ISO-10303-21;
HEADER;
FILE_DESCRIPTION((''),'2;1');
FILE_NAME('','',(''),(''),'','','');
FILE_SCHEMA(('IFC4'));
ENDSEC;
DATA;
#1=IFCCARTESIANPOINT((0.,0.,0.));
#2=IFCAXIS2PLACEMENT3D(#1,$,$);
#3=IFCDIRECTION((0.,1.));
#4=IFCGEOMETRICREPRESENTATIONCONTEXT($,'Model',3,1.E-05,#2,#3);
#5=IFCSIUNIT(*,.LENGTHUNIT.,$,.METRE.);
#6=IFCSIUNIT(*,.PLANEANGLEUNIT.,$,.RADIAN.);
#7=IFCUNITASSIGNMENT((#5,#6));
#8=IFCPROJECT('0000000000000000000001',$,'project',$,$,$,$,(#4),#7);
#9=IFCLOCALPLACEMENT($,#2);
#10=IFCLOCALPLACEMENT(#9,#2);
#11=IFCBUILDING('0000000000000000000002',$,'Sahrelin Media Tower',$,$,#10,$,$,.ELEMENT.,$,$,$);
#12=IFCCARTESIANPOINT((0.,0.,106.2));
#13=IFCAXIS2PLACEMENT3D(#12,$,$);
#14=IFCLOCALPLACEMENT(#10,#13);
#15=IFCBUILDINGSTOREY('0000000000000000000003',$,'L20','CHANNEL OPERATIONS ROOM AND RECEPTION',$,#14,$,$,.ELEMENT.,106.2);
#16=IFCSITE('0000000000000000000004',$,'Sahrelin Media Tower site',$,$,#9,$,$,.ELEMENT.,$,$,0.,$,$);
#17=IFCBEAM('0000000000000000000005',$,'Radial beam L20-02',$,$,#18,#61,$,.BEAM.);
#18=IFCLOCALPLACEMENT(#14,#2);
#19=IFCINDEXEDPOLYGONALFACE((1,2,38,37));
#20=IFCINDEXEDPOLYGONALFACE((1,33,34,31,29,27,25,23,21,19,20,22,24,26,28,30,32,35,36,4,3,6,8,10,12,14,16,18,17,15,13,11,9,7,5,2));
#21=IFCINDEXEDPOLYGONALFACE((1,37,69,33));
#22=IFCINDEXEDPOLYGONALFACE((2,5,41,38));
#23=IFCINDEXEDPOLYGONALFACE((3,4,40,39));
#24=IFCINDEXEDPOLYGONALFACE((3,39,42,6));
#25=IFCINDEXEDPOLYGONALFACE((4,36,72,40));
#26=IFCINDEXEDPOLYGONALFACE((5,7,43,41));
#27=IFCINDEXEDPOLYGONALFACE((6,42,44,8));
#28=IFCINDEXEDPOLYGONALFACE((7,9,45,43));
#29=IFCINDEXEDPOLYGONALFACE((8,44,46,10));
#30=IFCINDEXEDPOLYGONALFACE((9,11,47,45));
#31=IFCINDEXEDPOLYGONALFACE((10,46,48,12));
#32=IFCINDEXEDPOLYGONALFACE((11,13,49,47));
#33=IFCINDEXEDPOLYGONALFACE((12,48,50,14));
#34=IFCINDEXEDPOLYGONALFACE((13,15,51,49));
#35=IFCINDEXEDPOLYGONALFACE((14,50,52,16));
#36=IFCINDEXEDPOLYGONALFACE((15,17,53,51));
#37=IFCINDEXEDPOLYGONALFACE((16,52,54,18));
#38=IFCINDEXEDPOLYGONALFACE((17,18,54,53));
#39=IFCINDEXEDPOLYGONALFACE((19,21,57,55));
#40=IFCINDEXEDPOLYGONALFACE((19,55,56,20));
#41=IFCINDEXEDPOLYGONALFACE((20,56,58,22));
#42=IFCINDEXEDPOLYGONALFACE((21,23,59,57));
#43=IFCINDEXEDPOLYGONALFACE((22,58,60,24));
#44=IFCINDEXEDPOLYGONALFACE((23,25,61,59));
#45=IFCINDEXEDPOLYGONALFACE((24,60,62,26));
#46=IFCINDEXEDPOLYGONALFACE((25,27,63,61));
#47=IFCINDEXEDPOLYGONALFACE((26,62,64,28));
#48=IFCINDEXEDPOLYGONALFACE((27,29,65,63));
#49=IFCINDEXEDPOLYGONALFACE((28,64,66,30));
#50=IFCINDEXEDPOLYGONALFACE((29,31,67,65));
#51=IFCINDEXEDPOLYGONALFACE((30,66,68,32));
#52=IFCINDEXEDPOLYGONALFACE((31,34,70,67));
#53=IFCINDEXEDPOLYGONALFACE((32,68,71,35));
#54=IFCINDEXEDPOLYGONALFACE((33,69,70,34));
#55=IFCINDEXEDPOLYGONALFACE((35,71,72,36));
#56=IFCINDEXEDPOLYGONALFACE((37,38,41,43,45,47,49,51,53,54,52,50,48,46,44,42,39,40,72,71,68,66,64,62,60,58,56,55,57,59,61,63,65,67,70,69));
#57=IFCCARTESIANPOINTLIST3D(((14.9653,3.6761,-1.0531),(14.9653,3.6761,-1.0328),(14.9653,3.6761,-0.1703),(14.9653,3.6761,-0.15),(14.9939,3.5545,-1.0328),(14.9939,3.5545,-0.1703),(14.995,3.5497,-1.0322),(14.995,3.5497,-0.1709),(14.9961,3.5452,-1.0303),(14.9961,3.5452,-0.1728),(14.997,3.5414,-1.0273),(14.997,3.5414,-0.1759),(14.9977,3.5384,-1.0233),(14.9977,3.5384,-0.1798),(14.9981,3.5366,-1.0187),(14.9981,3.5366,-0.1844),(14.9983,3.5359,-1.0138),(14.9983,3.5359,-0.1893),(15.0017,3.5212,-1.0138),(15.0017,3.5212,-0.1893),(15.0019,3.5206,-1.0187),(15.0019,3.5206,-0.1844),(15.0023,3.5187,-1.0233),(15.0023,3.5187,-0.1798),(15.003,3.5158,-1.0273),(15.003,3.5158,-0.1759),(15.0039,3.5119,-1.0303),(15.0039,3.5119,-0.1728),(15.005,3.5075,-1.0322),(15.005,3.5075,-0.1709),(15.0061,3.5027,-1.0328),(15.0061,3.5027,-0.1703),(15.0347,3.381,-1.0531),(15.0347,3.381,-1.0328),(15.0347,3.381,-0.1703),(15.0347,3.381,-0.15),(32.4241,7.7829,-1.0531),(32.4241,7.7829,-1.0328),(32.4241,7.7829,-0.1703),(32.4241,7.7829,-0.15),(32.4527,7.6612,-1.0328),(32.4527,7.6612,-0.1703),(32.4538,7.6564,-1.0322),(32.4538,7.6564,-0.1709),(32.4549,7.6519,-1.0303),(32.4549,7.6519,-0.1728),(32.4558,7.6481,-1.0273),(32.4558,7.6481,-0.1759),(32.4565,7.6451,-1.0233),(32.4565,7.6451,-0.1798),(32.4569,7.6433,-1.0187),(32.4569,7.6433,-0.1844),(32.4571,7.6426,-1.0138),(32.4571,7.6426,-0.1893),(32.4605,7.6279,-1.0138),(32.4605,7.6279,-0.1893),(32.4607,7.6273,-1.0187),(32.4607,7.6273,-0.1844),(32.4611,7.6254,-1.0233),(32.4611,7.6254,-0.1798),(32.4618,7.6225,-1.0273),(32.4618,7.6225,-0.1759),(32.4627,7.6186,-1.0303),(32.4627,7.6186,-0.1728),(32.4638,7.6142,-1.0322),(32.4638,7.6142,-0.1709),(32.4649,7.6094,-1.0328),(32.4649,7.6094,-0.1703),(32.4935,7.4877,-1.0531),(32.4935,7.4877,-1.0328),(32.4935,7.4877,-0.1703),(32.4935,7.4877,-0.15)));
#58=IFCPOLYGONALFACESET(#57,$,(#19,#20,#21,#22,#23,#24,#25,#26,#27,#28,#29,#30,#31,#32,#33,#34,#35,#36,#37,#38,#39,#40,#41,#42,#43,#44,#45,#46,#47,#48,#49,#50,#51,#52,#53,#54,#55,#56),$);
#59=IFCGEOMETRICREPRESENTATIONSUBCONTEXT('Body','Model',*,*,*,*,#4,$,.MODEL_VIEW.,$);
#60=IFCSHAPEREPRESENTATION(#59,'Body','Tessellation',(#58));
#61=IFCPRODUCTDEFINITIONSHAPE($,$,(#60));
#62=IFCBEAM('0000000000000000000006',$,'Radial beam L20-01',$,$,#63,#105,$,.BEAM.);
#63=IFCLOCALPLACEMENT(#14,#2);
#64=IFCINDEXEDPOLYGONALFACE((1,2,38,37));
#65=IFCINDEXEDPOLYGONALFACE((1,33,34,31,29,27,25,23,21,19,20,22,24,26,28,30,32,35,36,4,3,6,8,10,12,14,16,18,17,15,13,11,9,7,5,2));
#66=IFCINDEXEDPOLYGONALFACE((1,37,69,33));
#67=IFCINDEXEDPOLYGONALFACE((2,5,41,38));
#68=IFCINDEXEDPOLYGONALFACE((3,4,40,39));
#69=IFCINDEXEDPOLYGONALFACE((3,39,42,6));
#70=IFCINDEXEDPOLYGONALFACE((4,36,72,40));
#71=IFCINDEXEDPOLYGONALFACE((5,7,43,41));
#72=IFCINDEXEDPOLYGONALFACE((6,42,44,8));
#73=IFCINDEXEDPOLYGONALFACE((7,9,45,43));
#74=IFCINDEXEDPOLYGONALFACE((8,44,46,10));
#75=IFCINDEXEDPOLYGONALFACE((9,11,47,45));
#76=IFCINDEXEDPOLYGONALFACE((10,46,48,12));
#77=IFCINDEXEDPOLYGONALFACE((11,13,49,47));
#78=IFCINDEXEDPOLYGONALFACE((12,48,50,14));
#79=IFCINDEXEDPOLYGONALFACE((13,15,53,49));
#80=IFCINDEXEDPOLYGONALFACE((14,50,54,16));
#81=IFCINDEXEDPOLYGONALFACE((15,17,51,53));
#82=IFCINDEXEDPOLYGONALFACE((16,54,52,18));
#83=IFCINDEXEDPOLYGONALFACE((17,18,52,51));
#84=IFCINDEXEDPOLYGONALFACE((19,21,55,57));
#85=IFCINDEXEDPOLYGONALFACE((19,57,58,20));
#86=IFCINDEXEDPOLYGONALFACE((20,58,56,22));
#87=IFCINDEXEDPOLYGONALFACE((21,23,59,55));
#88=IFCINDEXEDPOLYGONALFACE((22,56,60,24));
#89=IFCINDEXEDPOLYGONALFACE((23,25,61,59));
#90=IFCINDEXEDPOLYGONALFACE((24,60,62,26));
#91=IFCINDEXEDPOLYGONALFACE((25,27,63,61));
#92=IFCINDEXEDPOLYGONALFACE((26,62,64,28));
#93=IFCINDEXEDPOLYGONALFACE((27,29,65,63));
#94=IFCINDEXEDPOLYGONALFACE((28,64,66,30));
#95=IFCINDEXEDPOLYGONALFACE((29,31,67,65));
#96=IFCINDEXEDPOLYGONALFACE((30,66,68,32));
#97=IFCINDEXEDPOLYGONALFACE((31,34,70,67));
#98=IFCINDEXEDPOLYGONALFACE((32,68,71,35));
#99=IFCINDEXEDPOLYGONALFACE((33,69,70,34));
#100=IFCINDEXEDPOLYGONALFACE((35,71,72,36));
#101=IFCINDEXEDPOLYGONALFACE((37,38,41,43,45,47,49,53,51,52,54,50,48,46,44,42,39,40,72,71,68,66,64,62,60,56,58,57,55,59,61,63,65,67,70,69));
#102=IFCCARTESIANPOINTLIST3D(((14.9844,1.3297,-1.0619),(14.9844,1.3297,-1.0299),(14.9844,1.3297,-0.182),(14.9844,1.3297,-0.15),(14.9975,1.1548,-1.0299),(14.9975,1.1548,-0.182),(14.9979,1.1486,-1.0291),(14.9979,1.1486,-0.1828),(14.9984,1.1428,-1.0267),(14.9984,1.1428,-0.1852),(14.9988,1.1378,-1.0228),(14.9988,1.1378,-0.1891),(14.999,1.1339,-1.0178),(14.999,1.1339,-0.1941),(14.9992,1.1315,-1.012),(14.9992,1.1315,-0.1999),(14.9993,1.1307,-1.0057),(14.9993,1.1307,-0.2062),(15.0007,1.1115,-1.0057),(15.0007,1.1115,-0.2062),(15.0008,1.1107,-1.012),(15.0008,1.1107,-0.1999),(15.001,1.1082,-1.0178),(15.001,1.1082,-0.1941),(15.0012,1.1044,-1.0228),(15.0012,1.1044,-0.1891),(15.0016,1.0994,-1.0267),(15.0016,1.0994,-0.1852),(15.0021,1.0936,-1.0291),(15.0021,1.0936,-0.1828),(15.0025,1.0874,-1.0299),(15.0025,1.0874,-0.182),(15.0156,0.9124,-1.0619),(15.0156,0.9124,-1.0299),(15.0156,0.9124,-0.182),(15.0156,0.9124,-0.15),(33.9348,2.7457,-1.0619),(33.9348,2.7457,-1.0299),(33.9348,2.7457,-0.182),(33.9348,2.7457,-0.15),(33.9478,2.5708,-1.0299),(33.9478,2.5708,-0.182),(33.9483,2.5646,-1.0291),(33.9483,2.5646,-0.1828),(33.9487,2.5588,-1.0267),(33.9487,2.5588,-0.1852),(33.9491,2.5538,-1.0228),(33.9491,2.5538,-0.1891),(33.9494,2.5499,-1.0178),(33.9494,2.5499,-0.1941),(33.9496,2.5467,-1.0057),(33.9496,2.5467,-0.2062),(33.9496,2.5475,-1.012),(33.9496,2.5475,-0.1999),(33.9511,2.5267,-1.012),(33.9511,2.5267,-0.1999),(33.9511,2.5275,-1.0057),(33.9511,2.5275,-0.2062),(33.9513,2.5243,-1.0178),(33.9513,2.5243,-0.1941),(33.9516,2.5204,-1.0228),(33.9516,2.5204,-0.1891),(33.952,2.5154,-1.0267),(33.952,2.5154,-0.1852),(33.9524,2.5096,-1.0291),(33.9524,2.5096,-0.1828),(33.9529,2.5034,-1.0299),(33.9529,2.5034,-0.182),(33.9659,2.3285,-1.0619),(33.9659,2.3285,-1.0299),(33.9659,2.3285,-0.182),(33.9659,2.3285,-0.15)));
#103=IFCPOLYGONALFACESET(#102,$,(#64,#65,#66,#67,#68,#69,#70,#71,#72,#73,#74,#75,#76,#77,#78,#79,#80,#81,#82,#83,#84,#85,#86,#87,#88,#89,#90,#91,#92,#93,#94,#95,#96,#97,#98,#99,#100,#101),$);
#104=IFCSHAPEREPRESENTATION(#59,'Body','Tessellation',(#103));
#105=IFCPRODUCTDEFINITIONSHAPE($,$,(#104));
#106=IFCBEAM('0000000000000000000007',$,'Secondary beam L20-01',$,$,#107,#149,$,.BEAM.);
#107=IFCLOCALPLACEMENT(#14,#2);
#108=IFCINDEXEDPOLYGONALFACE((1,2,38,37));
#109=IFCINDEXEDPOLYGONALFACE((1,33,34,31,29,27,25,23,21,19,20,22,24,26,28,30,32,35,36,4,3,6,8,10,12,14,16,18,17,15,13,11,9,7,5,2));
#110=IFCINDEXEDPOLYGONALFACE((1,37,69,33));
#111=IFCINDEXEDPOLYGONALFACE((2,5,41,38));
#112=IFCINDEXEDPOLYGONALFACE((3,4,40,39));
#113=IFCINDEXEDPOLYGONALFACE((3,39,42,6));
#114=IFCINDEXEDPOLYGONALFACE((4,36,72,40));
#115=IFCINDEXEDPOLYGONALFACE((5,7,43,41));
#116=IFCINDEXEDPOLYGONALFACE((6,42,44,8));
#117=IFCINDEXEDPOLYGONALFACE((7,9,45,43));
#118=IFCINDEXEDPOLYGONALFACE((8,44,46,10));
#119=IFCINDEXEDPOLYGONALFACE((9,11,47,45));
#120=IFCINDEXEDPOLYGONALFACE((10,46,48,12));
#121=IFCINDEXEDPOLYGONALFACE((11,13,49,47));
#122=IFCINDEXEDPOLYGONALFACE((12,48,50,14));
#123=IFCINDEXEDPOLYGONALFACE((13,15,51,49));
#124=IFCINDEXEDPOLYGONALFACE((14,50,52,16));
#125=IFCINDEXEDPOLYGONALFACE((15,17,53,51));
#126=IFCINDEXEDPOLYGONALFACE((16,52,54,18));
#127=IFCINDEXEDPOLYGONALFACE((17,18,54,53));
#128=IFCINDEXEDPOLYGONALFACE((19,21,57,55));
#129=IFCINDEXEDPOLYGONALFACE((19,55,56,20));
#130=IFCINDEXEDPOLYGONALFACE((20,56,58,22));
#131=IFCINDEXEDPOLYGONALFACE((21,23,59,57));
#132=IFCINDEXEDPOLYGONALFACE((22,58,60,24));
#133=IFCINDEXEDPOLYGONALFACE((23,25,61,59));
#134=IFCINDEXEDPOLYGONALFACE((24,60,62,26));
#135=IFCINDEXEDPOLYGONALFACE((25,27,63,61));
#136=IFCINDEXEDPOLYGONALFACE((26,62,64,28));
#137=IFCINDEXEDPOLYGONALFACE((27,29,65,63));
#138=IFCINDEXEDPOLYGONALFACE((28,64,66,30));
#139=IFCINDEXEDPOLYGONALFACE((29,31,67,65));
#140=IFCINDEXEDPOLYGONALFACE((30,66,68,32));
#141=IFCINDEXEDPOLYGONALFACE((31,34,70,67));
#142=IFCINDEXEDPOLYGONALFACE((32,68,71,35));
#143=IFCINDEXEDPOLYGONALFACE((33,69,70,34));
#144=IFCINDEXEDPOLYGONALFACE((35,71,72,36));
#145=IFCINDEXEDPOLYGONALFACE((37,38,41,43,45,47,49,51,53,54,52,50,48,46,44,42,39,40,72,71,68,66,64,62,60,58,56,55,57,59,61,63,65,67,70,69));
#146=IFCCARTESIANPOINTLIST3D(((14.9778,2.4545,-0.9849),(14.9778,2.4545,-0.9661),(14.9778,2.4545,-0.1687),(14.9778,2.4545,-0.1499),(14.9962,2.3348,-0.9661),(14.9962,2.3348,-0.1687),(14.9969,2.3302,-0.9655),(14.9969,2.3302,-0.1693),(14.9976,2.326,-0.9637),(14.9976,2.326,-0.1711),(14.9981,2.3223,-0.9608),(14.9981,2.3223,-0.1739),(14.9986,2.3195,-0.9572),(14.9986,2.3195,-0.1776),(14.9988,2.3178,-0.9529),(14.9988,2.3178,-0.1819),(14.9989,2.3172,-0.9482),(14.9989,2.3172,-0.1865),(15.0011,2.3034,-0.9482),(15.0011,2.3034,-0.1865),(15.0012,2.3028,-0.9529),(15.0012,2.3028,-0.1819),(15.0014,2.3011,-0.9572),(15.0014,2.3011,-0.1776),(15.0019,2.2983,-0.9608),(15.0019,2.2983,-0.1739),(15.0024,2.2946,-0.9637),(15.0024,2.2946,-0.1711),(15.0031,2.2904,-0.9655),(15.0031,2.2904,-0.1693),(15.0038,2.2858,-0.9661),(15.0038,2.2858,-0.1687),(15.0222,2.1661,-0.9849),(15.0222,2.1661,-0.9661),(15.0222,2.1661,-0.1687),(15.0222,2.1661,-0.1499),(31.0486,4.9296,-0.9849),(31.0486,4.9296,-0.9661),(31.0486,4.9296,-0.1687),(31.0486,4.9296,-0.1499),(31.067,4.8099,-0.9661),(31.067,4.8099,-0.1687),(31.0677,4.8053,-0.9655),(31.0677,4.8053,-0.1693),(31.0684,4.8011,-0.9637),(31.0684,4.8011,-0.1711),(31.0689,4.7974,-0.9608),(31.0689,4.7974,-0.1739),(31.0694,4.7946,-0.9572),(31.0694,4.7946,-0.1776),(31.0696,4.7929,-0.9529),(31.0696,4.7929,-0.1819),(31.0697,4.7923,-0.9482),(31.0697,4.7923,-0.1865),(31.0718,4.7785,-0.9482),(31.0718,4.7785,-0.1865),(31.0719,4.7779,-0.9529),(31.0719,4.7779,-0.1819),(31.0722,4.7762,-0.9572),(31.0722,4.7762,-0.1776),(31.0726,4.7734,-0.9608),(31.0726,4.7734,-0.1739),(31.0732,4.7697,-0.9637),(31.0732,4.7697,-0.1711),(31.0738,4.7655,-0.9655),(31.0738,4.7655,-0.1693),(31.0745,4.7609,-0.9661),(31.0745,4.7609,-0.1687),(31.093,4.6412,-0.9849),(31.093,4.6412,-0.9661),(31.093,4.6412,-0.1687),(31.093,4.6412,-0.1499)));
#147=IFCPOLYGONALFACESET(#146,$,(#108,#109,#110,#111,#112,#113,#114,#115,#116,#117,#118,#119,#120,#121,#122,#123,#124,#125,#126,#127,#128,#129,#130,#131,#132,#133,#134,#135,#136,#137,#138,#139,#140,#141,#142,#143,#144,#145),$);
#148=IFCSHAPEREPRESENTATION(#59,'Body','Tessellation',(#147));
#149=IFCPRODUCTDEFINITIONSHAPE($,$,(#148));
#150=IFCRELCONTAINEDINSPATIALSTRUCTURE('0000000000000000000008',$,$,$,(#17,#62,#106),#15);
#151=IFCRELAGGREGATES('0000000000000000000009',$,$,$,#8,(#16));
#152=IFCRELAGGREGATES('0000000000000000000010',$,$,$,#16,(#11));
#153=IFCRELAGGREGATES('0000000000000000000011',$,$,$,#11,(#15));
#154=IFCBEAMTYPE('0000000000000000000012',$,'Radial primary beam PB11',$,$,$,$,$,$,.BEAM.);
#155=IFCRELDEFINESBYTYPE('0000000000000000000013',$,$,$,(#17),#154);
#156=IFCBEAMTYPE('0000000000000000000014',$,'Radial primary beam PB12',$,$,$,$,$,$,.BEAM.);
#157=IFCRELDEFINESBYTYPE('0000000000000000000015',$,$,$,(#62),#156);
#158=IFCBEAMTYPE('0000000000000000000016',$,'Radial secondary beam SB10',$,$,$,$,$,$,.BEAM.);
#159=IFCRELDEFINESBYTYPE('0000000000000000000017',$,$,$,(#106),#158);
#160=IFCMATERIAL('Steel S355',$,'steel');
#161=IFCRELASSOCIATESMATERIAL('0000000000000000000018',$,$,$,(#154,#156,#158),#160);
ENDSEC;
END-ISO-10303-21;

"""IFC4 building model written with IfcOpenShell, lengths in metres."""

from ifc_helpers import new_model, si_unit, direction, frame, origin, origin_2d, place, context, subcontext, project, spatial, i_section, extrude, material, material_profile, profile_set, type_object, element, save


model = new_model("IFC4")

# Units and contexts
model_context = context("Model", 3, precision=1e-05, world=origin(), true_north=direction((0.0, 1.0)))
body_context = subcontext(model_context, "Body", "Model", "MODEL_VIEW")
ifc_project = project(units=[si_unit("LENGTHUNIT", "METRE"), si_unit("PLANEANGLEUNIT", "RADIAN")], contexts=[model_context])

# Site, building, storey
site_placement = place(None, origin())
site = spatial("IfcSite", under=ifc_project, at=site_placement, Name="Sahrelin Media Tower site", CompositionType="ELEMENT", RefElevation=0.0)
building_placement = place(site_placement, origin())
building = spatial("IfcBuilding", under=site, at=building_placement, Name="Sahrelin Media Tower", CompositionType="ELEMENT")
storey_placement = place(building_placement, frame((0.0, 0.0, 106.2)))
storey = spatial("IfcBuildingStorey", under=building, at=storey_placement, Name="L20", Description="CHANNEL OPERATIONS ROOM AND RECEPTION", CompositionType="ELEMENT", Elevation=106.2)

# Beams
ifc_material_1 = material(Name="Steel S355", Category="steel")
ifc_material_profile_1 = material_profile(ifc_material_1, i_section(OverallWidth=0.3032, OverallDepth=0.9031, WebThickness=0.0151, FlangeThickness=0.0203, FilletRadius=0.019, at=origin_2d()), Name="UB 914x305x201")
ifc_profile_set_1 = profile_set([ifc_material_profile_1], Name="Steel S355")
beam_type_1 = type_object("IfcBeamType", Name="Radial primary beam PB11", PredefinedType="BEAM", material=ifc_profile_set_1)
beam_1_placement = place(storey_placement, frame((15.0, 3.5286, -0.6016), z_axis=(0.973433, 0.228973, 0.0), x_axis=(-0.228973, 0.973433, 0.0)))
element("IfcBeam", 1, at=beam_1_placement, inside=storey, type_object=beam_type_1, Name="Radial beam L20-02", PredefinedType="BEAM", context=body_context, shape_type="SweptSolid", body=[
    extrude(i_section(OverallWidth=0.3032, OverallDepth=0.9031, WebThickness=0.0151, FlangeThickness=0.0203, FilletRadius=0.019, at=origin_2d()), origin(), (0.0, 0.0, 1.0), 17.9353),
])
ifc_material_profile_2 = material_profile(ifc_material_1, i_section(OverallWidth=0.4185, OverallDepth=0.9119, WebThickness=0.0193, FlangeThickness=0.032, FilletRadius=0.0242, at=origin_2d()), Name="UB 914x419x343")
ifc_profile_set_2 = profile_set([ifc_material_profile_2], Name="Steel S355")
beam_type_2 = type_object("IfcBeamType", Name="Radial primary beam PB12", PredefinedType="BEAM", material=ifc_profile_set_2)
beam_2_placement = place(storey_placement, frame((15.0, 1.1211, -0.606), z_axis=(0.99722, 0.074514, 0.0), x_axis=(-0.074514, 0.99722, 0.0)))
element("IfcBeam", 2, at=beam_2_placement, inside=storey, type_object=beam_type_2, Name="Radial beam L20-01", PredefinedType="BEAM", context=body_context, shape_type="SweptSolid", body=[
    extrude(i_section(OverallWidth=0.4185, OverallDepth=0.9119, WebThickness=0.0193, FlangeThickness=0.032, FilletRadius=0.0242, at=origin_2d()), origin(), (0.0, 0.0, 1.0), 19.0032),
])
ifc_material_profile_3 = material_profile(ifc_material_1, i_section(OverallWidth=0.2917, OverallDepth=0.835, WebThickness=0.0139, FlangeThickness=0.0188, FilletRadius=0.0178, at=origin_2d()), Name="UB 838x292x176")
ifc_profile_set_3 = profile_set([ifc_material_profile_3], Name="Steel S355")
beam_type_3 = type_object("IfcBeamType", Name="Radial secondary beam SB10", PredefinedType="BEAM", material=ifc_profile_set_3)
beam_3_placement = place(storey_placement, frame((15.0, 2.3103, -0.5674), z_axis=(0.988347, 0.152217, 0.0), x_axis=(-0.152217, 0.988347, 0.0)))
element("IfcBeam", 3, at=beam_3_placement, inside=storey, type_object=beam_type_3, Name="Secondary beam L20-01", PredefinedType="BEAM", context=body_context, shape_type="SweptSolid", body=[
    extrude(i_section(OverallWidth=0.2917, OverallDepth=0.835, WebThickness=0.0139, FlangeThickness=0.0188, FilletRadius=0.0178, at=origin_2d()), origin(), (0.0, 0.0, 1.0), 16.2603),
])

save(model, "model.ifc")
